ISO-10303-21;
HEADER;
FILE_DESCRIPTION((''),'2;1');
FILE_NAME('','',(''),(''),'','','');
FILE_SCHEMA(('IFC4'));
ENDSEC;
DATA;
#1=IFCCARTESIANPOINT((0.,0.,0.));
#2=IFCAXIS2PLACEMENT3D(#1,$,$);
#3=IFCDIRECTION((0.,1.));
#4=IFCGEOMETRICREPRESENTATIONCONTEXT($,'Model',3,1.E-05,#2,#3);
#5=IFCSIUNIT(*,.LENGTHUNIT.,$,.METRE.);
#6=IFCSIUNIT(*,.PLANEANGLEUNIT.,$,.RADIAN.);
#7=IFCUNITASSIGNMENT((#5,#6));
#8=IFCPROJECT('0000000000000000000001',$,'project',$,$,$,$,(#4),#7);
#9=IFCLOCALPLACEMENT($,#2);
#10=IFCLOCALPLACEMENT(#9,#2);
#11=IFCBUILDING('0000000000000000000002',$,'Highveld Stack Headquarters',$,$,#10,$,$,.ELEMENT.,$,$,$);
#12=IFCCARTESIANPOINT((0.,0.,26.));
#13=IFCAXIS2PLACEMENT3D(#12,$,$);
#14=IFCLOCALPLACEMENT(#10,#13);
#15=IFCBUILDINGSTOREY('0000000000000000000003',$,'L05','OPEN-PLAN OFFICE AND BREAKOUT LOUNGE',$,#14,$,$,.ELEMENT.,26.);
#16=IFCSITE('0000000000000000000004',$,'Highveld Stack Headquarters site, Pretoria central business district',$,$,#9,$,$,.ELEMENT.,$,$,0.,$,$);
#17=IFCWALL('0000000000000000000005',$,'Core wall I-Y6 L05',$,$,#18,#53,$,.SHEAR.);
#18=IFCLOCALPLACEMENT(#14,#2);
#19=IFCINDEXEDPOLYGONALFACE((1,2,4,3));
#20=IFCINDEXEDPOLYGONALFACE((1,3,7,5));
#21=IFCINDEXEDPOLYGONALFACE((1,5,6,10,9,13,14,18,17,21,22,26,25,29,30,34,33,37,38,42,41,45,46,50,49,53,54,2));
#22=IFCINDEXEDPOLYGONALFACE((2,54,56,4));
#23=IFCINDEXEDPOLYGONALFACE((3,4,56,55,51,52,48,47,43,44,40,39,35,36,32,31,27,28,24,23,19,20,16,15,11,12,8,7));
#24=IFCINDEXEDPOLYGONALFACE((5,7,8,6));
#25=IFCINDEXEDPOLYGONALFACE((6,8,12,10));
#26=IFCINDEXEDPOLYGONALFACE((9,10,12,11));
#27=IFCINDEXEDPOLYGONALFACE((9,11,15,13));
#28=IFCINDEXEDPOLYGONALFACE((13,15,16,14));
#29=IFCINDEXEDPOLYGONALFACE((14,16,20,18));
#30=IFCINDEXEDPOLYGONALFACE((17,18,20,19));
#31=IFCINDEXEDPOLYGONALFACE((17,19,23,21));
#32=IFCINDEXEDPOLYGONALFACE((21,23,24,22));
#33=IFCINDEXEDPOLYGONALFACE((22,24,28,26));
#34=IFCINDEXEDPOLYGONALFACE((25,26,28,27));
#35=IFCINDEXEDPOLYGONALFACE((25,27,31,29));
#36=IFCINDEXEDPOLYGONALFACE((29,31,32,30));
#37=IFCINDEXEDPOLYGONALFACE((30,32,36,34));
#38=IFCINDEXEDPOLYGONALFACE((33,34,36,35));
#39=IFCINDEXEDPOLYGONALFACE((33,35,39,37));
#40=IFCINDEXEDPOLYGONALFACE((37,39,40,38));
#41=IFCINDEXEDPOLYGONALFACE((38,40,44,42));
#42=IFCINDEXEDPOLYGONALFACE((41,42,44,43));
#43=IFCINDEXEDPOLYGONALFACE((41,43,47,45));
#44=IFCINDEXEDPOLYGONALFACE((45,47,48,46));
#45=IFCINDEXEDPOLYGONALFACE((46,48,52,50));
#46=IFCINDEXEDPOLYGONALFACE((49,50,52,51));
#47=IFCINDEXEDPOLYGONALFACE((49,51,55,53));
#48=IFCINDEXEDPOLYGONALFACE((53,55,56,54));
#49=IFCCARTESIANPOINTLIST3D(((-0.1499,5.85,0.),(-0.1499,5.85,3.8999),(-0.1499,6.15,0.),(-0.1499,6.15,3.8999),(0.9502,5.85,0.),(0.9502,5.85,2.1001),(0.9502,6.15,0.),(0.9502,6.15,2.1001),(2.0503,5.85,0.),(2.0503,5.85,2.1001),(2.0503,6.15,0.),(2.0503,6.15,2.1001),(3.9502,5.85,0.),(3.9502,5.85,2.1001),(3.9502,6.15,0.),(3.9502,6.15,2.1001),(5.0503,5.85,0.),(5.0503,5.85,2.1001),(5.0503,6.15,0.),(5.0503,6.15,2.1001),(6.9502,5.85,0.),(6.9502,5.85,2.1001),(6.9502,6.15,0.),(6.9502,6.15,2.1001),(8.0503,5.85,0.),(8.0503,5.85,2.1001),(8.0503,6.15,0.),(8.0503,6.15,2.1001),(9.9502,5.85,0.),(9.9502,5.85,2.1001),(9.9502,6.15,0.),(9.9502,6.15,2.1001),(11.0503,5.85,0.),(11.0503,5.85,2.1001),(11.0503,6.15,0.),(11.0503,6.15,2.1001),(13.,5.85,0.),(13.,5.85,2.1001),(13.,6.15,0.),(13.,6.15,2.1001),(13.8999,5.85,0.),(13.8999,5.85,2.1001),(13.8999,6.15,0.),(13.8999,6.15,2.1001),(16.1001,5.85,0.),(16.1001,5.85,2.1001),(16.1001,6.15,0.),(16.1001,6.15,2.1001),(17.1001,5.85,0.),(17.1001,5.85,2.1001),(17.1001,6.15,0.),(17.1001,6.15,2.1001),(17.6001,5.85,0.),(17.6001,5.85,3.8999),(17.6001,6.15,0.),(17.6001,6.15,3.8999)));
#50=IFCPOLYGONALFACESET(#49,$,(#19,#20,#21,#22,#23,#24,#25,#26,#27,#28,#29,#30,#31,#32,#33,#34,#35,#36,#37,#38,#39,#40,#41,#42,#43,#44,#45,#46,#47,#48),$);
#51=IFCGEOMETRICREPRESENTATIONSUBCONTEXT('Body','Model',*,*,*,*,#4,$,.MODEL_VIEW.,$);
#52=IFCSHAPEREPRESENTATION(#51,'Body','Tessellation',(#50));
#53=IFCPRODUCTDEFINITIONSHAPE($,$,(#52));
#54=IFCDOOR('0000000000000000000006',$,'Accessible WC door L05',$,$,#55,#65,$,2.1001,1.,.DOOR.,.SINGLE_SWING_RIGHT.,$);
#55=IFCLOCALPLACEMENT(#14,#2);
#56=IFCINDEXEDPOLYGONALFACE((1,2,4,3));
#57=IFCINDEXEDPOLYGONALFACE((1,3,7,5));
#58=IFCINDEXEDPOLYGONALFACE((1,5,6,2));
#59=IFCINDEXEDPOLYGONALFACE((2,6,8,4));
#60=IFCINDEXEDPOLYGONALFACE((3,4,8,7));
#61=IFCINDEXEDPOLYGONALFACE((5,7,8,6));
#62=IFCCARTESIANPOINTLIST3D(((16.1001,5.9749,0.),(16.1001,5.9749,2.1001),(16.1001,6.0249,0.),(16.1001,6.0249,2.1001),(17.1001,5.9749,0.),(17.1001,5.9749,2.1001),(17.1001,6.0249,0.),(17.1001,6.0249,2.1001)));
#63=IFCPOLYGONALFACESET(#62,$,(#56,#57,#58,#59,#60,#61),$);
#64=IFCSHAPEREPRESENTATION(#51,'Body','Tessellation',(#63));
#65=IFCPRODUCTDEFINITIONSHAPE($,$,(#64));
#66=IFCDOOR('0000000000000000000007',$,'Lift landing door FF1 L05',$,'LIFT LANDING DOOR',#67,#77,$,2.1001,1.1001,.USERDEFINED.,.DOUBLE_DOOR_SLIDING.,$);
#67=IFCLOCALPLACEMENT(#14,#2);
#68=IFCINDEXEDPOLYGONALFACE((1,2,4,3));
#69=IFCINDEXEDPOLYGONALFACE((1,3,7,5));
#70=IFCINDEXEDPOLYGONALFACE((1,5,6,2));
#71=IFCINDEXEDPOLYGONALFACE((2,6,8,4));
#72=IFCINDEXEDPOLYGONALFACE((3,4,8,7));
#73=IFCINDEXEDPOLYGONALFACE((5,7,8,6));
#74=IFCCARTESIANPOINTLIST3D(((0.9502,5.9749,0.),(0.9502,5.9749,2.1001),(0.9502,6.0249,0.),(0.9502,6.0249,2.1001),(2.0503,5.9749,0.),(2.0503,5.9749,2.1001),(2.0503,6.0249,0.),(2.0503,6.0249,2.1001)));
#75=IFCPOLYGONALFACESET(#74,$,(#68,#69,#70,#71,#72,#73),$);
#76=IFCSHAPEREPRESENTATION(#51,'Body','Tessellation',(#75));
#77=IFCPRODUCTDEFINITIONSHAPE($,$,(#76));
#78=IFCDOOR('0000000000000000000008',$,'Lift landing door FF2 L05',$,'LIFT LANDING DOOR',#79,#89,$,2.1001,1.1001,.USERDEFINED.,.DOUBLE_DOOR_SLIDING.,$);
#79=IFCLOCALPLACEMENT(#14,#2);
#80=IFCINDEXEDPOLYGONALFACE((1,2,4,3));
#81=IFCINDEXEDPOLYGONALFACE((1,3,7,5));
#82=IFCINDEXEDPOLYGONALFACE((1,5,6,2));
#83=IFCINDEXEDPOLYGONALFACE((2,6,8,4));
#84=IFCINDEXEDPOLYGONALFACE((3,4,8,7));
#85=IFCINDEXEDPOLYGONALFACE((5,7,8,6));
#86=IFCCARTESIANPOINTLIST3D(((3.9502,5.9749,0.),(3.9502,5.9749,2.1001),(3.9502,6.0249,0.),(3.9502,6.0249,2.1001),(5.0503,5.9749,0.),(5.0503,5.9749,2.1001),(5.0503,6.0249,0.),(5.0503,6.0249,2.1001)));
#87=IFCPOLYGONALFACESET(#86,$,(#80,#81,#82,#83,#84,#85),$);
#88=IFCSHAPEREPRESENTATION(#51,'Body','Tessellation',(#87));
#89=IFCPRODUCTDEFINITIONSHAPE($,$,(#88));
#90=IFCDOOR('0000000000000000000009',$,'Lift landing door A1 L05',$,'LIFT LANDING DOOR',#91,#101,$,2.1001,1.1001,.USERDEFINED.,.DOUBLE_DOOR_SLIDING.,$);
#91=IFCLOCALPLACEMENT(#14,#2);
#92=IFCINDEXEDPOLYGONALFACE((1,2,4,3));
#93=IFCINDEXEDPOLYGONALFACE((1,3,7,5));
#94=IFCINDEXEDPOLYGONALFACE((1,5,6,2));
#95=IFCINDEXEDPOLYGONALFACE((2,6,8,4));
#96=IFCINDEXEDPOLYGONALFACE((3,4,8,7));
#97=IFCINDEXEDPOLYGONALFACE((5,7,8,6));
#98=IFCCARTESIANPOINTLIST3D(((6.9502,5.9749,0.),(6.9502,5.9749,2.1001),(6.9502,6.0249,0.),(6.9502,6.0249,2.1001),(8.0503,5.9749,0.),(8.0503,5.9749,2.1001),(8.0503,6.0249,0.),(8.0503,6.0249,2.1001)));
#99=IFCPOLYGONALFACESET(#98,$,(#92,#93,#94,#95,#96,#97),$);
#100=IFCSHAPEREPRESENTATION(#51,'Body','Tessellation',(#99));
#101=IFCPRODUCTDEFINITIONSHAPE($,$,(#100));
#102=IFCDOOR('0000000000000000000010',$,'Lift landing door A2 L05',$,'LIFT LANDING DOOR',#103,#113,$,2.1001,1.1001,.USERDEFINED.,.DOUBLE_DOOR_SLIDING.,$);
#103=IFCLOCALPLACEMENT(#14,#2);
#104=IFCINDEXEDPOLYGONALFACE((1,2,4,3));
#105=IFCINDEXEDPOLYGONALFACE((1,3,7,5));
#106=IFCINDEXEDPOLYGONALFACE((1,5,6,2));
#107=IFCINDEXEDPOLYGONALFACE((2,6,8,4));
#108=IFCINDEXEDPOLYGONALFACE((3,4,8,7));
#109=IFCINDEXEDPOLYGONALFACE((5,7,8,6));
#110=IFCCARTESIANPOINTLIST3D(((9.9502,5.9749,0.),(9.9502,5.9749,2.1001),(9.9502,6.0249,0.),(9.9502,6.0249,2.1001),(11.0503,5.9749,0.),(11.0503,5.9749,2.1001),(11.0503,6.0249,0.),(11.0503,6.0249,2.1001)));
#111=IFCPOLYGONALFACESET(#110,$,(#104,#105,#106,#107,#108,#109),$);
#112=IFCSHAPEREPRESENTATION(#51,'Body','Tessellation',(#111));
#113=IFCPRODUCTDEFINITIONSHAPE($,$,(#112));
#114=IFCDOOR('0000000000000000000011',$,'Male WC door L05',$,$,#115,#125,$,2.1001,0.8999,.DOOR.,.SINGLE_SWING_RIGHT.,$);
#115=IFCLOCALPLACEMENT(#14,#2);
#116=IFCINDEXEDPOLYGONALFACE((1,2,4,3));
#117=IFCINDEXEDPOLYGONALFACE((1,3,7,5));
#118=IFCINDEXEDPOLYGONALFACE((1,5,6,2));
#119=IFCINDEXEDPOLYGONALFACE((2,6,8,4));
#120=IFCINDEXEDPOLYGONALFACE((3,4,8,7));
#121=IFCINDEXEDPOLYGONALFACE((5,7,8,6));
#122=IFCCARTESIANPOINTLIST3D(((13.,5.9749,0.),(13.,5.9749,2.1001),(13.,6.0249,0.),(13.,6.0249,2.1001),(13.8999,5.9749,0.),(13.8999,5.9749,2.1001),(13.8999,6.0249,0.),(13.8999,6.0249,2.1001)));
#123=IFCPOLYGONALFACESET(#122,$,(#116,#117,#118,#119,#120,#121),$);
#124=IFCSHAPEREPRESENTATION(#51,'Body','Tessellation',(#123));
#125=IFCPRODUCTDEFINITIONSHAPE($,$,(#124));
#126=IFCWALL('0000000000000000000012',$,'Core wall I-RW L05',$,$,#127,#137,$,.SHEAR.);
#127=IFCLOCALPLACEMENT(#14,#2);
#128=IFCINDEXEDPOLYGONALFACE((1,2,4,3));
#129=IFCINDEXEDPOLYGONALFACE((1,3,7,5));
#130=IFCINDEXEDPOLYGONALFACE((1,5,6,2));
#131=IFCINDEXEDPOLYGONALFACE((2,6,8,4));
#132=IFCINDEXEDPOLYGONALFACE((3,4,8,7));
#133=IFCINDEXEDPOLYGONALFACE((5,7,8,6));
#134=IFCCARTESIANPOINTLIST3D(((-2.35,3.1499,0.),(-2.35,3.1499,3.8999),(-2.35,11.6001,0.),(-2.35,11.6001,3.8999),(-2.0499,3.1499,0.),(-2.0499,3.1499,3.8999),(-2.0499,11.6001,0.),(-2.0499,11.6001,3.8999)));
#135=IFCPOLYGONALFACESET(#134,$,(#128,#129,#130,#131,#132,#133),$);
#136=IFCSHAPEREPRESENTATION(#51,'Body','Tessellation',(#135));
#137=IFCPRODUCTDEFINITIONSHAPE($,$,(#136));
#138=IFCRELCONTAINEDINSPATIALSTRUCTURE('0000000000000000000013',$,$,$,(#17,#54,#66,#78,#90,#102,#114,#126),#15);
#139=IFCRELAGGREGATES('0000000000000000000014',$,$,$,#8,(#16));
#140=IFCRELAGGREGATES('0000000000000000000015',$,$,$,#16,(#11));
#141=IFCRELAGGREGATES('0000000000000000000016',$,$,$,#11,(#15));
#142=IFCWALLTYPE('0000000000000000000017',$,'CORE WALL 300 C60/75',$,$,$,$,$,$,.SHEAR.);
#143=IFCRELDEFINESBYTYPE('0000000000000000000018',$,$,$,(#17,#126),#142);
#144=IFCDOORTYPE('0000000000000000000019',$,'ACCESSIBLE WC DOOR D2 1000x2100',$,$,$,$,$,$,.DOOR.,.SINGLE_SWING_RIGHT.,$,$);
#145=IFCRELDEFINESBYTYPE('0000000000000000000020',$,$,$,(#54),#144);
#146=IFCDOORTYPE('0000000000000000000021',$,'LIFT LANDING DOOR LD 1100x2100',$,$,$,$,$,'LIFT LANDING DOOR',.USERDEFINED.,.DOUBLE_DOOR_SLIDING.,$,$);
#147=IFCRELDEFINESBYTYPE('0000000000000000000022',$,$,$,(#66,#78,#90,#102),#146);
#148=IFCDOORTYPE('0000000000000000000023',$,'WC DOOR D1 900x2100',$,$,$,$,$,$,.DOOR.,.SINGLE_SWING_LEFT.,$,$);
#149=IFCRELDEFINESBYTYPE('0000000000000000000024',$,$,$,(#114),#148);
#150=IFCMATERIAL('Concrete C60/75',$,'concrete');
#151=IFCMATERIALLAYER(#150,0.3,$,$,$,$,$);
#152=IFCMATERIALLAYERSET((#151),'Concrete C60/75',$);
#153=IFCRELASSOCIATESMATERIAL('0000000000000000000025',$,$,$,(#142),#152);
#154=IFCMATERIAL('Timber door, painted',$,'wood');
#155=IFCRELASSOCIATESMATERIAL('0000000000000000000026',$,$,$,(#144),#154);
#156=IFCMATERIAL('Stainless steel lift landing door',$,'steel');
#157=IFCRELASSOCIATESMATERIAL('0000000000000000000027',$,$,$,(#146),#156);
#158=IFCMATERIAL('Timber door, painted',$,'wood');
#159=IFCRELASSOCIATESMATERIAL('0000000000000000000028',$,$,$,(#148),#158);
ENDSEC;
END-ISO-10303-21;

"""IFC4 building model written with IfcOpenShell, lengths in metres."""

from ifc_helpers import new_model, si_unit, direction, frame, frame_2d, origin, place, context, subcontext, project, spatial, rectangle, extrude, material, layer, layer_set, type_object, element, fill, save


model = new_model("IFC4")

# Units and contexts
model_context = context("Model", 3, precision=1e-05, world=origin(), true_north=direction((0.0, 1.0)))
body_context = subcontext(model_context, "Body", "Model", "MODEL_VIEW")
ifc_project = project(units=[si_unit("LENGTHUNIT", "METRE"), si_unit("PLANEANGLEUNIT", "RADIAN")], contexts=[model_context])

# Site, building, storey
site_placement = place(None, origin())
site = spatial("IfcSite", under=ifc_project, at=site_placement, Name="Highveld Stack Headquarters site, Pretoria central business district", CompositionType="ELEMENT", RefElevation=0.0)
building_placement = place(site_placement, origin())
building = spatial("IfcBuilding", under=site, at=building_placement, Name="Highveld Stack Headquarters", CompositionType="ELEMENT")
storey_placement = place(building_placement, frame((0.0, 0.0, 26.0)))
storey = spatial("IfcBuildingStorey", under=building, at=storey_placement, Name="L05", Description="OPEN-PLAN OFFICE AND BREAKOUT LOUNGE", CompositionType="ELEMENT", Elevation=26.0)

# Wall, openings, doors
ifc_material_1 = material(Name="Concrete C60/75", Category="concrete")
ifc_layer_1 = layer(ifc_material_1, 0.3)
ifc_layer_set_1 = layer_set([ifc_layer_1], Name="Concrete C60/75")
wall_type_1 = type_object("IfcWallType", Name="CORE WALL 300 C60/75", PredefinedType="SHEAR", material=ifc_layer_set_1)
wall_1_placement = place(storey_placement, frame((-0.1499, 6.0, 0.0), z_axis=(0.0, 0.0, 1.0), x_axis=(1.0, 0.0, 0.0)))
wall_1 = element("IfcWall", 1, at=wall_1_placement, inside=storey, type_object=wall_type_1, Name="Core wall I-Y6 L05", PredefinedType="SHEAR", context=body_context, shape_type="SweptSolid", body=[
    extrude(rectangle(XDim=17.75, YDim=0.3, at=frame_2d((8.875, 0.0))), origin(), (0.0, 0.0, 1.0), 3.8999),
])
opening_1_placement = place(wall_1_placement, frame((13.1499, 0.0, 0.0)))
opening_1 = element("IfcOpeningElement", 2, at=opening_1_placement, cuts=wall_1, PredefinedType="OPENING", context=body_context, shape_type="SweptSolid", body=[
    extrude(rectangle(XDim=0.8999, YDim=2.1001, at=frame_2d((0.45, 1.05))), frame((0.0, 0.1599, 0.0), z_axis=(0.0, -1.0, 0.0), x_axis=(1.0, 0.0, 0.0)), (0.0, 0.0, 1.0), 0.3201),
])
opening_2_placement = place(wall_1_placement, frame((16.25, 0.0, 0.0)))
opening_2 = element("IfcOpeningElement", 3, at=opening_2_placement, cuts=wall_1, PredefinedType="OPENING", context=body_context, shape_type="SweptSolid", body=[
    extrude(rectangle(XDim=1.0, YDim=2.1001, at=frame_2d((0.5, 1.05))), frame((0.0, 0.1599, 0.0), z_axis=(0.0, -1.0, 0.0), x_axis=(1.0, 0.0, 0.0)), (0.0, 0.0, 1.0), 0.3201),
])
opening_3_placement = place(wall_1_placement, frame((1.1001, 0.0, 0.0)))
opening_3 = element("IfcOpeningElement", 4, at=opening_3_placement, cuts=wall_1, PredefinedType="OPENING", context=body_context, shape_type="SweptSolid", body=[
    extrude(rectangle(XDim=1.1001, YDim=2.1001, at=frame_2d((0.55, 1.05))), frame((0.0, 0.1599, 0.0), z_axis=(0.0, -1.0, 0.0), x_axis=(1.0, 0.0, 0.0)), (0.0, 0.0, 1.0), 0.3201),
])
opening_4_placement = place(wall_1_placement, frame((4.1001, 0.0, 0.0)))
opening_4 = element("IfcOpeningElement", 5, at=opening_4_placement, cuts=wall_1, PredefinedType="OPENING", context=body_context, shape_type="SweptSolid", body=[
    extrude(rectangle(XDim=1.1001, YDim=2.1001, at=frame_2d((0.55, 1.05))), frame((0.0, 0.1599, 0.0), z_axis=(0.0, -1.0, 0.0), x_axis=(1.0, 0.0, 0.0)), (0.0, 0.0, 1.0), 0.3201),
])
opening_5_placement = place(wall_1_placement, frame((7.1001, 0.0, 0.0)))
opening_5 = element("IfcOpeningElement", 6, at=opening_5_placement, cuts=wall_1, PredefinedType="OPENING", context=body_context, shape_type="SweptSolid", body=[
    extrude(rectangle(XDim=1.1001, YDim=2.1001, at=frame_2d((0.55, 1.05))), frame((0.0, 0.1599, 0.0), z_axis=(0.0, -1.0, 0.0), x_axis=(1.0, 0.0, 0.0)), (0.0, 0.0, 1.0), 0.3201),
])
opening_6_placement = place(wall_1_placement, frame((10.1001, 0.0, 0.0)))
opening_6 = element("IfcOpeningElement", 7, at=opening_6_placement, cuts=wall_1, PredefinedType="OPENING", context=body_context, shape_type="SweptSolid", body=[
    extrude(rectangle(XDim=1.1001, YDim=2.1001, at=frame_2d((0.55, 1.05))), frame((0.0, 0.1599, 0.0), z_axis=(0.0, -1.0, 0.0), x_axis=(1.0, 0.0, 0.0)), (0.0, 0.0, 1.0), 0.3201),
])
ifc_material_2 = material(Name="Timber door, painted", Category="wood")
door_type_1 = type_object("IfcDoorType", Name="ACCESSIBLE WC DOOR D2 1000x2100", OperationType="SINGLE_SWING_RIGHT", PredefinedType="DOOR", material=ifc_material_2)
door_1_placement = place(opening_2_placement, origin())
door_1 = element("IfcDoor", 8, at=door_1_placement, inside=storey, type_object=door_type_1, Name="Accessible WC door L05", OperationType="SINGLE_SWING_RIGHT", OverallHeight=2.1001, OverallWidth=1.0, PredefinedType="DOOR", context=body_context, shape_type="SweptSolid", body=[
    extrude(rectangle(XDim=1.0, YDim=2.1001, at=frame_2d((0.5, 1.05))), frame((0.0, 0.0249, 0.0), z_axis=(0.0, -1.0, 0.0), x_axis=(1.0, 0.0, 0.0)), (0.0, 0.0, 1.0), 0.05),
])
fill(opening_2, door_1)
ifc_material_3 = material(Name="Stainless steel lift landing door", Category="steel")
door_type_2 = type_object("IfcDoorType", Name="LIFT LANDING DOOR LD 1100x2100", ElementType="LIFT LANDING DOOR", OperationType="DOUBLE_DOOR_SLIDING", PredefinedType="USERDEFINED", material=ifc_material_3)
door_2_placement = place(opening_3_placement, origin())
door_2 = element("IfcDoor", 9, at=door_2_placement, inside=storey, type_object=door_type_2, Name="Lift landing door FF1 L05", ObjectType="LIFT LANDING DOOR", OperationType="DOUBLE_DOOR_SLIDING", OverallHeight=2.1001, OverallWidth=1.1001, PredefinedType="USERDEFINED", context=body_context, shape_type="SweptSolid", body=[
    extrude(rectangle(XDim=1.1001, YDim=2.1001, at=frame_2d((0.55, 1.05))), frame((0.0, 0.0249, 0.0), z_axis=(0.0, -1.0, 0.0), x_axis=(1.0, 0.0, 0.0)), (0.0, 0.0, 1.0), 0.05),
])
fill(opening_3, door_2)
door_3_placement = place(opening_4_placement, origin())
door_3 = element("IfcDoor", 10, at=door_3_placement, inside=storey, type_object=door_type_2, Name="Lift landing door FF2 L05", ObjectType="LIFT LANDING DOOR", OperationType="DOUBLE_DOOR_SLIDING", OverallHeight=2.1001, OverallWidth=1.1001, PredefinedType="USERDEFINED", context=body_context, shape_type="SweptSolid", body=[
    extrude(rectangle(XDim=1.1001, YDim=2.1001, at=frame_2d((0.55, 1.05))), frame((0.0, 0.0249, 0.0), z_axis=(0.0, -1.0, 0.0), x_axis=(1.0, 0.0, 0.0)), (0.0, 0.0, 1.0), 0.05),
])
fill(opening_4, door_3)
door_4_placement = place(opening_5_placement, origin())
door_4 = element("IfcDoor", 11, at=door_4_placement, inside=storey, type_object=door_type_2, Name="Lift landing door A1 L05", ObjectType="LIFT LANDING DOOR", OperationType="DOUBLE_DOOR_SLIDING", OverallHeight=2.1001, OverallWidth=1.1001, PredefinedType="USERDEFINED", context=body_context, shape_type="SweptSolid", body=[
    extrude(rectangle(XDim=1.1001, YDim=2.1001, at=frame_2d((0.55, 1.05))), frame((0.0, 0.0249, 0.0), z_axis=(0.0, -1.0, 0.0), x_axis=(1.0, 0.0, 0.0)), (0.0, 0.0, 1.0), 0.05),
])
fill(opening_5, door_4)
door_5_placement = place(opening_6_placement, origin())
door_5 = element("IfcDoor", 12, at=door_5_placement, inside=storey, type_object=door_type_2, Name="Lift landing door A2 L05", ObjectType="LIFT LANDING DOOR", OperationType="DOUBLE_DOOR_SLIDING", OverallHeight=2.1001, OverallWidth=1.1001, PredefinedType="USERDEFINED", context=body_context, shape_type="SweptSolid", body=[
    extrude(rectangle(XDim=1.1001, YDim=2.1001, at=frame_2d((0.55, 1.05))), frame((0.0, 0.0249, 0.0), z_axis=(0.0, -1.0, 0.0), x_axis=(1.0, 0.0, 0.0)), (0.0, 0.0, 1.0), 0.05),
])
fill(opening_6, door_5)
ifc_material_4 = material(Name="Timber door, painted", Category="wood")
door_type_3 = type_object("IfcDoorType", Name="WC DOOR D1 900x2100", OperationType="SINGLE_SWING_LEFT", PredefinedType="DOOR", material=ifc_material_4)
door_6_placement = place(opening_1_placement, origin())
door_6 = element("IfcDoor", 13, at=door_6_placement, inside=storey, type_object=door_type_3, Name="Male WC door L05", OperationType="SINGLE_SWING_RIGHT", OverallHeight=2.1001, OverallWidth=0.8999, PredefinedType="DOOR", context=body_context, shape_type="SweptSolid", body=[
    extrude(rectangle(XDim=0.8999, YDim=2.1001, at=frame_2d((0.45, 1.05))), frame((0.0, 0.0249, 0.0), z_axis=(0.0, -1.0, 0.0), x_axis=(1.0, 0.0, 0.0)), (0.0, 0.0, 1.0), 0.05),
])
fill(opening_1, door_6)

# Wall
wall_2_placement = place(storey_placement, frame((-2.2, 3.1499, 0.0), z_axis=(0.0, 0.0, 1.0), x_axis=(0.0, 1.0, 0.0)))
element("IfcWall", 14, at=wall_2_placement, inside=storey, type_object=wall_type_1, Name="Core wall I-RW L05", PredefinedType="SHEAR", context=body_context, shape_type="SweptSolid", body=[
    extrude(rectangle(XDim=8.4502, YDim=0.3, at=frame_2d((4.2251, 0.0))), origin(), (0.0, 0.0, 1.0), 3.8999),
])

save(model, "model.ifc")
